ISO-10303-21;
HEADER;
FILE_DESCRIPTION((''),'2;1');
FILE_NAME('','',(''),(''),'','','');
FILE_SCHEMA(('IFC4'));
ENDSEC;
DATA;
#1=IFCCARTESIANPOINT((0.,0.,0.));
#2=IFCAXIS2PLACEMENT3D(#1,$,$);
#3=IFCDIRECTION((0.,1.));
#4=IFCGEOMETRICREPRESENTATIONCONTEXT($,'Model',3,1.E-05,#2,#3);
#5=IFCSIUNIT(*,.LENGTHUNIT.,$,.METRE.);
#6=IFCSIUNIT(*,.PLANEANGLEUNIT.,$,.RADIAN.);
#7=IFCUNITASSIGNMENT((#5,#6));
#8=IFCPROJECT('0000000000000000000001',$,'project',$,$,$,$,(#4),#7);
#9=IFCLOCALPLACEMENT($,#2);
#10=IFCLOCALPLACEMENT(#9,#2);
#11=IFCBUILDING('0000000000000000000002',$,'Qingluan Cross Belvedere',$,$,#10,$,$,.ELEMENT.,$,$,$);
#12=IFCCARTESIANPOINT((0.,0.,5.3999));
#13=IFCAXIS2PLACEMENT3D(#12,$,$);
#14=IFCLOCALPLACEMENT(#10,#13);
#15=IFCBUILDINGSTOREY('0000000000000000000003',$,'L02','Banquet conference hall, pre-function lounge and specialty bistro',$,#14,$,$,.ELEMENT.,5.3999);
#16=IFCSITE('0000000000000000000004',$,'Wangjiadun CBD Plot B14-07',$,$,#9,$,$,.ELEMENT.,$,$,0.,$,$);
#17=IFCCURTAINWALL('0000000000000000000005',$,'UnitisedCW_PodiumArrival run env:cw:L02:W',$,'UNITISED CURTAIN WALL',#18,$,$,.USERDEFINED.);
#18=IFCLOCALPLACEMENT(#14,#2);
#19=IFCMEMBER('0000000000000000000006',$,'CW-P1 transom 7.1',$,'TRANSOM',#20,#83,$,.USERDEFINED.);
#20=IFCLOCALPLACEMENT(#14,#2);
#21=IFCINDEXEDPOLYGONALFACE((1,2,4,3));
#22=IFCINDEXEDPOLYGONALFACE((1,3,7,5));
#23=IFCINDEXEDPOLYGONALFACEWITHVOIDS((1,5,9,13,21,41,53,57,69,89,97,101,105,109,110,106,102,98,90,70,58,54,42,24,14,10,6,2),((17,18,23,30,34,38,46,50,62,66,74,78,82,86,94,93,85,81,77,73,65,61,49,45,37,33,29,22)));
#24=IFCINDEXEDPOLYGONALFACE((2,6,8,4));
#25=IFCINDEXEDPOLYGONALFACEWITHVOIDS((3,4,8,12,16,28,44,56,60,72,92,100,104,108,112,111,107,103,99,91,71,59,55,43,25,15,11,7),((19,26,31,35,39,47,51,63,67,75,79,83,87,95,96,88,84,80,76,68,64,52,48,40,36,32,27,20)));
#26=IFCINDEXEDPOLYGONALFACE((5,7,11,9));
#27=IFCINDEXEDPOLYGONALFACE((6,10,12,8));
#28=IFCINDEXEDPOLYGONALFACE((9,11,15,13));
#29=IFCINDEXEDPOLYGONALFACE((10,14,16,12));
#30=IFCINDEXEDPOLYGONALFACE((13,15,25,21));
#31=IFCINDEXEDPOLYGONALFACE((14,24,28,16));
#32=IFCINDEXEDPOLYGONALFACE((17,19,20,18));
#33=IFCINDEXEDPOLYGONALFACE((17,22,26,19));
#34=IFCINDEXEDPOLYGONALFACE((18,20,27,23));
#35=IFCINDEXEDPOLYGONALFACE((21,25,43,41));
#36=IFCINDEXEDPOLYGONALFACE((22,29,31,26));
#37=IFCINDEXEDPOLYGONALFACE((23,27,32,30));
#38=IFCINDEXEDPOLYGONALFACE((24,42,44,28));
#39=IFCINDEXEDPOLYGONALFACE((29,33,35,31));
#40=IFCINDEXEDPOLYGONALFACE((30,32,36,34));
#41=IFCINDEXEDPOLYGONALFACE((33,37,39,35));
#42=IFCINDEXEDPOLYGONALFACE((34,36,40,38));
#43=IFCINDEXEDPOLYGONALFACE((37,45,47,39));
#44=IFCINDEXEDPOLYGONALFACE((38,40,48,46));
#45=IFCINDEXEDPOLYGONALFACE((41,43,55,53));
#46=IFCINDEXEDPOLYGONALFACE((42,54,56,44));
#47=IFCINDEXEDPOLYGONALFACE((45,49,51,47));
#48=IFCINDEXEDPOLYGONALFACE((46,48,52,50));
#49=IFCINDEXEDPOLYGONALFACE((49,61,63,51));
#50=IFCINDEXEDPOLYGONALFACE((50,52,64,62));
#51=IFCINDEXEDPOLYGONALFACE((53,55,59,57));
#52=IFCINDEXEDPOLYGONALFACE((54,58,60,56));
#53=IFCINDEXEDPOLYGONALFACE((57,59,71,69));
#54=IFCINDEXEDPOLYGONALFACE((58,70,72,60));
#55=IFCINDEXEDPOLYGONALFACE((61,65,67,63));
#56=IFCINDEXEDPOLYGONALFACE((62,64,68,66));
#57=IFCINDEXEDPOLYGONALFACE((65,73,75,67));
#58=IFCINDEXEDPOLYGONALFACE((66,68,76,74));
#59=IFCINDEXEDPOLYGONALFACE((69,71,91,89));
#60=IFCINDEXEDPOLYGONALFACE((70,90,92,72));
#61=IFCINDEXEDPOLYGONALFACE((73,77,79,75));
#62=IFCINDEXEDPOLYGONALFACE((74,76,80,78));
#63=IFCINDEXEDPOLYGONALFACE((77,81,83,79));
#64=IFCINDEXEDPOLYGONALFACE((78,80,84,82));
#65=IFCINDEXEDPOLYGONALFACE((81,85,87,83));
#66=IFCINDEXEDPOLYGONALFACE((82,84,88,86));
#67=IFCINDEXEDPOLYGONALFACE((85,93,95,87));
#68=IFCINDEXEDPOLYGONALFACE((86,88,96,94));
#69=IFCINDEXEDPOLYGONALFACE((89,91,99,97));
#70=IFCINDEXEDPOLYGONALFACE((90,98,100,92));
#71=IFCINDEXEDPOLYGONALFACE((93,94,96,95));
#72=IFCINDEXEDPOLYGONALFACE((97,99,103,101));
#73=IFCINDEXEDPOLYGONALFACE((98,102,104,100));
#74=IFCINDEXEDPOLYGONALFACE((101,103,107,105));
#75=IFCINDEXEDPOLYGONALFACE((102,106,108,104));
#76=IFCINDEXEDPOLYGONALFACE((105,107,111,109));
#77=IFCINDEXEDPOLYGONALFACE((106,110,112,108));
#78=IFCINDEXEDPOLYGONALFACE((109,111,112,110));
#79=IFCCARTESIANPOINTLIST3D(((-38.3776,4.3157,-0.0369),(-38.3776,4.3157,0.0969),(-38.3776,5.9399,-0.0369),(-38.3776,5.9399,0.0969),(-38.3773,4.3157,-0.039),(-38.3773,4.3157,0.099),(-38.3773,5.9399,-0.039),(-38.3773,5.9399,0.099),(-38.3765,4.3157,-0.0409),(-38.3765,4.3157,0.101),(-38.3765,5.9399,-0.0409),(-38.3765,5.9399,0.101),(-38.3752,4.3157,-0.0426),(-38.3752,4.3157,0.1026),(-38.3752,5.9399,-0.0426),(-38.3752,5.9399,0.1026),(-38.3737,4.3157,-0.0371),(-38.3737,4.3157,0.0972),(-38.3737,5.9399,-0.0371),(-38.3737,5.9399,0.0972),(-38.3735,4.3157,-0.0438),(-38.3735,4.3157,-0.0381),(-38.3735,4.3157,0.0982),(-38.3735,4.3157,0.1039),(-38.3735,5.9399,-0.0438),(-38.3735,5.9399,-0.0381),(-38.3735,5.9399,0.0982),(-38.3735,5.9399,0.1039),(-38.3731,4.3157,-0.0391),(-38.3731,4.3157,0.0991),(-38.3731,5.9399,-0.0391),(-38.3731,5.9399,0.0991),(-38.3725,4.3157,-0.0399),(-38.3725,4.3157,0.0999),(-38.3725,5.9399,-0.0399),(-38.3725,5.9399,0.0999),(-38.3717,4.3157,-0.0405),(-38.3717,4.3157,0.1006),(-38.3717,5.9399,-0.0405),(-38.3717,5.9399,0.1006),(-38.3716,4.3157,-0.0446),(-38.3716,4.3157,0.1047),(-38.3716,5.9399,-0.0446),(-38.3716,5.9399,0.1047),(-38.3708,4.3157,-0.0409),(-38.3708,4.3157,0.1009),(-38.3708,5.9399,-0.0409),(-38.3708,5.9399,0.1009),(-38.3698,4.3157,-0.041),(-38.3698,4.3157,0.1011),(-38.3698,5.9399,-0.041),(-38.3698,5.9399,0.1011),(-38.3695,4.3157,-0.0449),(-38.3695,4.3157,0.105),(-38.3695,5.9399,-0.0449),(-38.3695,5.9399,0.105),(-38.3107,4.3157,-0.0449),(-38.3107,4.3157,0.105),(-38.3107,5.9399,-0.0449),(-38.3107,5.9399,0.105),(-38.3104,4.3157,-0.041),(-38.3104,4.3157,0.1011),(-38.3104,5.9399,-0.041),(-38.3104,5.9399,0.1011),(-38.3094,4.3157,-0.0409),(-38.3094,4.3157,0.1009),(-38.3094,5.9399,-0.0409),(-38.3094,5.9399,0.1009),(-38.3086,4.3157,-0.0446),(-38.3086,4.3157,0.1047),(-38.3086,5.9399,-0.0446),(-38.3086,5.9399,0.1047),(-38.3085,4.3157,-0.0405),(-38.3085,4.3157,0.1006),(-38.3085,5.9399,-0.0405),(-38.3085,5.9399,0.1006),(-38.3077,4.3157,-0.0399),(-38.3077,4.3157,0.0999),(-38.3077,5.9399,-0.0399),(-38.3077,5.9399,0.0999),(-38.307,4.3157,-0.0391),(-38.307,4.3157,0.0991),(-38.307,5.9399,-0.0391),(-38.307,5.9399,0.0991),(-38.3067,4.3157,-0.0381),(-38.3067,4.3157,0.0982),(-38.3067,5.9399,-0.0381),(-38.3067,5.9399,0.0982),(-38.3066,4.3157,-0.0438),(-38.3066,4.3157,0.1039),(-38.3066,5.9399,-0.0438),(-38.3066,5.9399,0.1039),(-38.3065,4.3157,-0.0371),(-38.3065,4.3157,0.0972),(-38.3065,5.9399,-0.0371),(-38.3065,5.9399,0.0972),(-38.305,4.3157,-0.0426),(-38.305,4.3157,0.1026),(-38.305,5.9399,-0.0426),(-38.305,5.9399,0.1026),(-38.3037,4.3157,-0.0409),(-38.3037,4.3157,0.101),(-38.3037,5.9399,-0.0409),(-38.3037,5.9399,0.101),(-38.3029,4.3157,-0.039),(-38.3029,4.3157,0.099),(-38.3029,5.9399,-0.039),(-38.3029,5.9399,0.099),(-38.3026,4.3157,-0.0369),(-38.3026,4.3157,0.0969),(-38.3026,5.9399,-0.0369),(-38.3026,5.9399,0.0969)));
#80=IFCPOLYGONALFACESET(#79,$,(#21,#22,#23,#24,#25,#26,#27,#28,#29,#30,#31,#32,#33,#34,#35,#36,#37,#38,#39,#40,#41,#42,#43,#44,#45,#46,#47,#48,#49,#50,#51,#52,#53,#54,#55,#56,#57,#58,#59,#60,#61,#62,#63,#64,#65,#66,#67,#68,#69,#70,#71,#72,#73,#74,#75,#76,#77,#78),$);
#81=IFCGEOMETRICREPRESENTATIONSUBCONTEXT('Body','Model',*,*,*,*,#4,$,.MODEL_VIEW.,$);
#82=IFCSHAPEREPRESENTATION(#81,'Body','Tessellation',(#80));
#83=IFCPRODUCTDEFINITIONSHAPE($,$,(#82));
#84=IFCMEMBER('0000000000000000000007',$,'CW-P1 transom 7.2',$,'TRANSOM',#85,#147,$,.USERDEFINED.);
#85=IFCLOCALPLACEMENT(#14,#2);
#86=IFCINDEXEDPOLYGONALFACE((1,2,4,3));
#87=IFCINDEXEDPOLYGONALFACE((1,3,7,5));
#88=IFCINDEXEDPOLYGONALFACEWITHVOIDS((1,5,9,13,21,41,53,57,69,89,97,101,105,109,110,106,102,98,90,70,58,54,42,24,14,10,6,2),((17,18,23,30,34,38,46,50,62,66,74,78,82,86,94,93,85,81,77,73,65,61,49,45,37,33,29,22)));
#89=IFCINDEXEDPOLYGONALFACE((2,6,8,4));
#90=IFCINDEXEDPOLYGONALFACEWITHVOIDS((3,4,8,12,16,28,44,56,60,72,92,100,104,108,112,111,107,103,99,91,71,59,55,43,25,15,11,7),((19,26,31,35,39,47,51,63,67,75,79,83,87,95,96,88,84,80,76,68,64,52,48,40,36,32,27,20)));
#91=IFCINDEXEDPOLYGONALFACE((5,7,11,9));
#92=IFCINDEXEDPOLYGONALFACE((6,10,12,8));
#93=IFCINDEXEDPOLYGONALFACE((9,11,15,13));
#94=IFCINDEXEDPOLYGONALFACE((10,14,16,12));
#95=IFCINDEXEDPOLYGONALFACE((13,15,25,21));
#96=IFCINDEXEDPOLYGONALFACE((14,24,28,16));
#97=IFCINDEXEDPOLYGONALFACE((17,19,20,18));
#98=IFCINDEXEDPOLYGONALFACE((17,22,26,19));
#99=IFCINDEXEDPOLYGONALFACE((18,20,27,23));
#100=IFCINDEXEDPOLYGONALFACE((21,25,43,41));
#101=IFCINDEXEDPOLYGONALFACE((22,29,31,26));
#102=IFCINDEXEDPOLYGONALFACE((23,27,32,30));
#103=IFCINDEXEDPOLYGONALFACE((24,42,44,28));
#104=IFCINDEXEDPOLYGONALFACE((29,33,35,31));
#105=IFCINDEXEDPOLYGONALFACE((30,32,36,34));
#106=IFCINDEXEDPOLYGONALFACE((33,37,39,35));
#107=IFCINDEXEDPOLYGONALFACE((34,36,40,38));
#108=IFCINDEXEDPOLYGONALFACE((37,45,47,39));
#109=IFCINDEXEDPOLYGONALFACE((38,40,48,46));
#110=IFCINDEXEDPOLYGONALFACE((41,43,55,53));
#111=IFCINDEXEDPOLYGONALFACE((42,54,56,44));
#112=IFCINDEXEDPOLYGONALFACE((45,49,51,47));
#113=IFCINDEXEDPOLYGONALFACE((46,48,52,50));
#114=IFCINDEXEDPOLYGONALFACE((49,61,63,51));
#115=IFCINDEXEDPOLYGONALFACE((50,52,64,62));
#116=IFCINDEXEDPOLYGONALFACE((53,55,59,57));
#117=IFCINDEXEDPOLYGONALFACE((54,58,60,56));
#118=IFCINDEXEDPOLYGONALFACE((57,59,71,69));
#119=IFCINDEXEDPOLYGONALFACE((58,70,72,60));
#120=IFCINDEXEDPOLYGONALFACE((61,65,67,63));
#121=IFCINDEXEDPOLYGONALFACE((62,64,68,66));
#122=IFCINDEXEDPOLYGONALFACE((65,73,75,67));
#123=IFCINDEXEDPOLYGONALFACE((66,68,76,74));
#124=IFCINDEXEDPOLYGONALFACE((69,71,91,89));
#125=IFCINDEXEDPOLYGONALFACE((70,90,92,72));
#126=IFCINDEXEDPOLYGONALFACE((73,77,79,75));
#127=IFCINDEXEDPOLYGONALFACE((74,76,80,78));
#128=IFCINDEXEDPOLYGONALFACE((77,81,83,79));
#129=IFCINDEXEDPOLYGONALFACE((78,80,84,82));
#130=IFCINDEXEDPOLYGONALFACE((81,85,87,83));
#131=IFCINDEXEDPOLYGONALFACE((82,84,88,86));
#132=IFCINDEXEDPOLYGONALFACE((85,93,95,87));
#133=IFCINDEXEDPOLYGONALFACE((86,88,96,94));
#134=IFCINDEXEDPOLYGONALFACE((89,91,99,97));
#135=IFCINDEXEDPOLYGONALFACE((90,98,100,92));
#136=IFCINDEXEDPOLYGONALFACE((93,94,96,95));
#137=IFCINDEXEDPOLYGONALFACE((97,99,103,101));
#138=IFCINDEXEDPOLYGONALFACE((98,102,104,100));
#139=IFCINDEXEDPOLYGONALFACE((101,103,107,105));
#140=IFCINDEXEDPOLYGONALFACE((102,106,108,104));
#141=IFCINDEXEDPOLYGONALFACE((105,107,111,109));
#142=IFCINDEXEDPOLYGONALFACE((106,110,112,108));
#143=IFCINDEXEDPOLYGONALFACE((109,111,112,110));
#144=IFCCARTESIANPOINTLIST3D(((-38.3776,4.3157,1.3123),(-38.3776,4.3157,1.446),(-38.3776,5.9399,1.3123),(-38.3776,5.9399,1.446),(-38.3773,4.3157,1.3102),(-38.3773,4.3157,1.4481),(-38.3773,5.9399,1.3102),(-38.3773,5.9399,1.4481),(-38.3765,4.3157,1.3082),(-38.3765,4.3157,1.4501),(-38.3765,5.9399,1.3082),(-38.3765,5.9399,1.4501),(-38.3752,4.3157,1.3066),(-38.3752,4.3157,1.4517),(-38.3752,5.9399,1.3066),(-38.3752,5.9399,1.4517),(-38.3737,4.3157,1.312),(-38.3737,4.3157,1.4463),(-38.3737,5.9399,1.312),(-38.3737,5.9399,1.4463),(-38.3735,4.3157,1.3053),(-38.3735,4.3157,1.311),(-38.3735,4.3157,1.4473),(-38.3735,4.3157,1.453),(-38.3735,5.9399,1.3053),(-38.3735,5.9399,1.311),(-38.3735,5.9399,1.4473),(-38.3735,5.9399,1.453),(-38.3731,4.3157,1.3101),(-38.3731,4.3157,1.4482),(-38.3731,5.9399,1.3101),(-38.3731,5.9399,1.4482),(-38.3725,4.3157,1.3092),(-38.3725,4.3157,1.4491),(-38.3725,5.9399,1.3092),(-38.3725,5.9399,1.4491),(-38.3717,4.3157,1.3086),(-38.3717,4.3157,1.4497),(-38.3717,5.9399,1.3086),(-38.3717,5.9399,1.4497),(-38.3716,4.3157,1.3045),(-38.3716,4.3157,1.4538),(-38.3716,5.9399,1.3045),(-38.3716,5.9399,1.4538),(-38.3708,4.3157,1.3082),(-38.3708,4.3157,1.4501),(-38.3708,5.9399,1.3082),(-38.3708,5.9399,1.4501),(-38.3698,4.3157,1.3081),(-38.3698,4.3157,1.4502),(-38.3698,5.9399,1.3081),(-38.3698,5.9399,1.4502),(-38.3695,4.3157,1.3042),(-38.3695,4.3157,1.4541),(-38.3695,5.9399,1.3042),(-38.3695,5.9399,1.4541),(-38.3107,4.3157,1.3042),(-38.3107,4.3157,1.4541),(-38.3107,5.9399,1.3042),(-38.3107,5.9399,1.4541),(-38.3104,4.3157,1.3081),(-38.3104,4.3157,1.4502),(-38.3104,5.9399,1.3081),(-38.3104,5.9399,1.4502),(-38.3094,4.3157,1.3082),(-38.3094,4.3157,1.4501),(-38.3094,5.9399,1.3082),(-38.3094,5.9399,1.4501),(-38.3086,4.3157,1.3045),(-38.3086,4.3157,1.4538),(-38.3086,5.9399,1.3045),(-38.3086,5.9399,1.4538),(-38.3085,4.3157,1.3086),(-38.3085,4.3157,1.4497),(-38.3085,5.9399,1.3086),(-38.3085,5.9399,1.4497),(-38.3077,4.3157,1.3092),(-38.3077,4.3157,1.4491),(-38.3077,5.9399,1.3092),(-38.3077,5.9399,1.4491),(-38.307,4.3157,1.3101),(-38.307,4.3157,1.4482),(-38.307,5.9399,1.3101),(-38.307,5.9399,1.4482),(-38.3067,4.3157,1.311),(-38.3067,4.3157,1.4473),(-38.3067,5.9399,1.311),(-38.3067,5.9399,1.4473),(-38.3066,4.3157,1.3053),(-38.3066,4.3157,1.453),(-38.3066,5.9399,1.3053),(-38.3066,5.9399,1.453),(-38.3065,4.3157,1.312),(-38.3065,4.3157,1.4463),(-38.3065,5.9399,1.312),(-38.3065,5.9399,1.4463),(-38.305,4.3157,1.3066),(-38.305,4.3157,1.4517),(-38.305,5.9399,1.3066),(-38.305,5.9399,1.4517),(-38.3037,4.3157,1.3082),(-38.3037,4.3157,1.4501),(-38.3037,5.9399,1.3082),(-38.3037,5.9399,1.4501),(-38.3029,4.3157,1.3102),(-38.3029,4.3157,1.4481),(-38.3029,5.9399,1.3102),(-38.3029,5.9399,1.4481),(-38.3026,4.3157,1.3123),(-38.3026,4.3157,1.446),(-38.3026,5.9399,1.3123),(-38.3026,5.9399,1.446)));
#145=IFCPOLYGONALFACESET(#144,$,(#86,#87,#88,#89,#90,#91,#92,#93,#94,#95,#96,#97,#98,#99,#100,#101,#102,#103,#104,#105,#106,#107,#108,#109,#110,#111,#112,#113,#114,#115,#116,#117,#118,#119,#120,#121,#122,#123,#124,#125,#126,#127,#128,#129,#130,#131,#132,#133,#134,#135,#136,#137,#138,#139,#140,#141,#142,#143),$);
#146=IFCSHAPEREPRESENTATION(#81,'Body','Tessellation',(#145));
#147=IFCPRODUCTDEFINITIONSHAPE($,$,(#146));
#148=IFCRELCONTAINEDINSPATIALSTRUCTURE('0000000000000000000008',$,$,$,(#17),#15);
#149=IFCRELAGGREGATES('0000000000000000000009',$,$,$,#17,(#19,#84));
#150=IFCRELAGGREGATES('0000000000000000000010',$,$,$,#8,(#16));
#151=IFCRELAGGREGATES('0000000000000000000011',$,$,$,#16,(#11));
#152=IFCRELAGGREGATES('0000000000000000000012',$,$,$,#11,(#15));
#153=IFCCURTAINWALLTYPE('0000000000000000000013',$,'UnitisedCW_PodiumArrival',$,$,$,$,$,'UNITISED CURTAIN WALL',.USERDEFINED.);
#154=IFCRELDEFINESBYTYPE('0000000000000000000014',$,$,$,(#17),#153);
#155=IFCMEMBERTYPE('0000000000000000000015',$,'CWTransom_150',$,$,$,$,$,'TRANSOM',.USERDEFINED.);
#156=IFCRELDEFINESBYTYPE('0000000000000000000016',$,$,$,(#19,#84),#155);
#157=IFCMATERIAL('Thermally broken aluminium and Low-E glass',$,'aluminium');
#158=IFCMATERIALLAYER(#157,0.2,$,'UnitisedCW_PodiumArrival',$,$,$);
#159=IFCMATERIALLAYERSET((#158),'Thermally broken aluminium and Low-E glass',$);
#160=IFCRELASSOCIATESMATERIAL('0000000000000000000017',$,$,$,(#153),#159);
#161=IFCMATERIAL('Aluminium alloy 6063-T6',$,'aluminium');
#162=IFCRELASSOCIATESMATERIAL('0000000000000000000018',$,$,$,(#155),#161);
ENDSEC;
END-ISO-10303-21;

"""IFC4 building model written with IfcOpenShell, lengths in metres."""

from ifc_helpers import new_model, si_unit, direction, frame, origin, origin_2d, place, context, subcontext, project, spatial, hollow_rectangle, extrude, material, layer, layer_set, material_profile, profile_set, type_object, element, aggregate, save


model = new_model("IFC4")

# Units and contexts
model_context = context("Model", 3, precision=1e-05, world=origin(), true_north=direction((0.0, 1.0)))
body_context = subcontext(model_context, "Body", "Model", "MODEL_VIEW")
ifc_project = project(units=[si_unit("LENGTHUNIT", "METRE"), si_unit("PLANEANGLEUNIT", "RADIAN")], contexts=[model_context])

# Site, building, storey
site_placement = place(None, origin())
site = spatial("IfcSite", under=ifc_project, at=site_placement, Name="Wangjiadun CBD Plot B14-07", CompositionType="ELEMENT", RefElevation=0.0)
building_placement = place(site_placement, origin())
building = spatial("IfcBuilding", under=site, at=building_placement, Name="Qingluan Cross Belvedere", CompositionType="ELEMENT")
storey_placement = place(building_placement, frame((0.0, 0.0, 5.3999)))
storey = spatial("IfcBuildingStorey", under=building, at=storey_placement, Name="L02", Description="Banquet conference hall, pre-function lounge and specialty bistro", CompositionType="ELEMENT", Elevation=5.3999)

# Curtain wall, members
ifc_material_1 = material(Name="Thermally broken aluminium and Low-E glass", Category="aluminium")
ifc_layer_1 = layer(ifc_material_1, 0.2, Name="UnitisedCW_PodiumArrival")
ifc_layer_set_1 = layer_set([ifc_layer_1], Name="Thermally broken aluminium and Low-E glass")
curtain_wall_type = type_object("IfcCurtainWallType", Name="UnitisedCW_PodiumArrival", ElementType="UNITISED CURTAIN WALL", PredefinedType="USERDEFINED", material=ifc_layer_set_1)
curtain_wall_placement = place(storey_placement, origin())
curtain_wall = element("IfcCurtainWall", 1, at=curtain_wall_placement, inside=storey, type_object=curtain_wall_type, Name="UnitisedCW_PodiumArrival run env:cw:L02:W", ObjectType="UNITISED CURTAIN WALL", PredefinedType="USERDEFINED")
ifc_material_2 = material(Name="Aluminium alloy 6063-T6", Category="aluminium")
ifc_material_profile_1 = material_profile(ifc_material_2, hollow_rectangle(XDim=0.075, YDim=0.1499, WallThickness=0.0039, InnerFilletRadius=0.0039, OuterFilletRadius=0.0081, at=origin_2d()), Name="CWT150x75x4")
ifc_profile_set_1 = profile_set([ifc_material_profile_1], Name="Aluminium alloy 6063-T6")
member_type_1 = type_object("IfcMemberType", Name="CWTransom_150", ElementType="TRANSOM", PredefinedType="USERDEFINED", material=ifc_profile_set_1)
member_1_placement = place(storey_placement, frame((-38.3401, 4.3157, 0.03), z_axis=(0.0, 1.0, 0.0), x_axis=(-1.0, 0.0, 0.0)))
member_1 = element("IfcMember", 2, at=member_1_placement, type_object=member_type_1, Name="CW-P1 transom 7.1", ObjectType="TRANSOM", PredefinedType="USERDEFINED", context=body_context, shape_type="SweptSolid", body=[
    extrude(hollow_rectangle(XDim=0.075, YDim=0.1499, WallThickness=0.0039, InnerFilletRadius=0.0039, OuterFilletRadius=0.0081, at=origin_2d()), origin(), (0.0, 0.0, 1.0), 1.6243),
])
member_2_placement = place(storey_placement, frame((-38.3401, 4.3157, 1.3792), z_axis=(0.0, 1.0, 0.0), x_axis=(-1.0, 0.0, 0.0)))
member_2 = element("IfcMember", 3, at=member_2_placement, type_object=member_type_1, Name="CW-P1 transom 7.2", ObjectType="TRANSOM", PredefinedType="USERDEFINED", context=body_context, shape_type="SweptSolid", body=[
    extrude(hollow_rectangle(XDim=0.075, YDim=0.1499, WallThickness=0.0039, InnerFilletRadius=0.0039, OuterFilletRadius=0.0081, at=origin_2d()), origin(), (0.0, 0.0, 1.0), 1.6243),
])

aggregate(curtain_wall, [member_1, member_2])

save(model, "model.ifc")
